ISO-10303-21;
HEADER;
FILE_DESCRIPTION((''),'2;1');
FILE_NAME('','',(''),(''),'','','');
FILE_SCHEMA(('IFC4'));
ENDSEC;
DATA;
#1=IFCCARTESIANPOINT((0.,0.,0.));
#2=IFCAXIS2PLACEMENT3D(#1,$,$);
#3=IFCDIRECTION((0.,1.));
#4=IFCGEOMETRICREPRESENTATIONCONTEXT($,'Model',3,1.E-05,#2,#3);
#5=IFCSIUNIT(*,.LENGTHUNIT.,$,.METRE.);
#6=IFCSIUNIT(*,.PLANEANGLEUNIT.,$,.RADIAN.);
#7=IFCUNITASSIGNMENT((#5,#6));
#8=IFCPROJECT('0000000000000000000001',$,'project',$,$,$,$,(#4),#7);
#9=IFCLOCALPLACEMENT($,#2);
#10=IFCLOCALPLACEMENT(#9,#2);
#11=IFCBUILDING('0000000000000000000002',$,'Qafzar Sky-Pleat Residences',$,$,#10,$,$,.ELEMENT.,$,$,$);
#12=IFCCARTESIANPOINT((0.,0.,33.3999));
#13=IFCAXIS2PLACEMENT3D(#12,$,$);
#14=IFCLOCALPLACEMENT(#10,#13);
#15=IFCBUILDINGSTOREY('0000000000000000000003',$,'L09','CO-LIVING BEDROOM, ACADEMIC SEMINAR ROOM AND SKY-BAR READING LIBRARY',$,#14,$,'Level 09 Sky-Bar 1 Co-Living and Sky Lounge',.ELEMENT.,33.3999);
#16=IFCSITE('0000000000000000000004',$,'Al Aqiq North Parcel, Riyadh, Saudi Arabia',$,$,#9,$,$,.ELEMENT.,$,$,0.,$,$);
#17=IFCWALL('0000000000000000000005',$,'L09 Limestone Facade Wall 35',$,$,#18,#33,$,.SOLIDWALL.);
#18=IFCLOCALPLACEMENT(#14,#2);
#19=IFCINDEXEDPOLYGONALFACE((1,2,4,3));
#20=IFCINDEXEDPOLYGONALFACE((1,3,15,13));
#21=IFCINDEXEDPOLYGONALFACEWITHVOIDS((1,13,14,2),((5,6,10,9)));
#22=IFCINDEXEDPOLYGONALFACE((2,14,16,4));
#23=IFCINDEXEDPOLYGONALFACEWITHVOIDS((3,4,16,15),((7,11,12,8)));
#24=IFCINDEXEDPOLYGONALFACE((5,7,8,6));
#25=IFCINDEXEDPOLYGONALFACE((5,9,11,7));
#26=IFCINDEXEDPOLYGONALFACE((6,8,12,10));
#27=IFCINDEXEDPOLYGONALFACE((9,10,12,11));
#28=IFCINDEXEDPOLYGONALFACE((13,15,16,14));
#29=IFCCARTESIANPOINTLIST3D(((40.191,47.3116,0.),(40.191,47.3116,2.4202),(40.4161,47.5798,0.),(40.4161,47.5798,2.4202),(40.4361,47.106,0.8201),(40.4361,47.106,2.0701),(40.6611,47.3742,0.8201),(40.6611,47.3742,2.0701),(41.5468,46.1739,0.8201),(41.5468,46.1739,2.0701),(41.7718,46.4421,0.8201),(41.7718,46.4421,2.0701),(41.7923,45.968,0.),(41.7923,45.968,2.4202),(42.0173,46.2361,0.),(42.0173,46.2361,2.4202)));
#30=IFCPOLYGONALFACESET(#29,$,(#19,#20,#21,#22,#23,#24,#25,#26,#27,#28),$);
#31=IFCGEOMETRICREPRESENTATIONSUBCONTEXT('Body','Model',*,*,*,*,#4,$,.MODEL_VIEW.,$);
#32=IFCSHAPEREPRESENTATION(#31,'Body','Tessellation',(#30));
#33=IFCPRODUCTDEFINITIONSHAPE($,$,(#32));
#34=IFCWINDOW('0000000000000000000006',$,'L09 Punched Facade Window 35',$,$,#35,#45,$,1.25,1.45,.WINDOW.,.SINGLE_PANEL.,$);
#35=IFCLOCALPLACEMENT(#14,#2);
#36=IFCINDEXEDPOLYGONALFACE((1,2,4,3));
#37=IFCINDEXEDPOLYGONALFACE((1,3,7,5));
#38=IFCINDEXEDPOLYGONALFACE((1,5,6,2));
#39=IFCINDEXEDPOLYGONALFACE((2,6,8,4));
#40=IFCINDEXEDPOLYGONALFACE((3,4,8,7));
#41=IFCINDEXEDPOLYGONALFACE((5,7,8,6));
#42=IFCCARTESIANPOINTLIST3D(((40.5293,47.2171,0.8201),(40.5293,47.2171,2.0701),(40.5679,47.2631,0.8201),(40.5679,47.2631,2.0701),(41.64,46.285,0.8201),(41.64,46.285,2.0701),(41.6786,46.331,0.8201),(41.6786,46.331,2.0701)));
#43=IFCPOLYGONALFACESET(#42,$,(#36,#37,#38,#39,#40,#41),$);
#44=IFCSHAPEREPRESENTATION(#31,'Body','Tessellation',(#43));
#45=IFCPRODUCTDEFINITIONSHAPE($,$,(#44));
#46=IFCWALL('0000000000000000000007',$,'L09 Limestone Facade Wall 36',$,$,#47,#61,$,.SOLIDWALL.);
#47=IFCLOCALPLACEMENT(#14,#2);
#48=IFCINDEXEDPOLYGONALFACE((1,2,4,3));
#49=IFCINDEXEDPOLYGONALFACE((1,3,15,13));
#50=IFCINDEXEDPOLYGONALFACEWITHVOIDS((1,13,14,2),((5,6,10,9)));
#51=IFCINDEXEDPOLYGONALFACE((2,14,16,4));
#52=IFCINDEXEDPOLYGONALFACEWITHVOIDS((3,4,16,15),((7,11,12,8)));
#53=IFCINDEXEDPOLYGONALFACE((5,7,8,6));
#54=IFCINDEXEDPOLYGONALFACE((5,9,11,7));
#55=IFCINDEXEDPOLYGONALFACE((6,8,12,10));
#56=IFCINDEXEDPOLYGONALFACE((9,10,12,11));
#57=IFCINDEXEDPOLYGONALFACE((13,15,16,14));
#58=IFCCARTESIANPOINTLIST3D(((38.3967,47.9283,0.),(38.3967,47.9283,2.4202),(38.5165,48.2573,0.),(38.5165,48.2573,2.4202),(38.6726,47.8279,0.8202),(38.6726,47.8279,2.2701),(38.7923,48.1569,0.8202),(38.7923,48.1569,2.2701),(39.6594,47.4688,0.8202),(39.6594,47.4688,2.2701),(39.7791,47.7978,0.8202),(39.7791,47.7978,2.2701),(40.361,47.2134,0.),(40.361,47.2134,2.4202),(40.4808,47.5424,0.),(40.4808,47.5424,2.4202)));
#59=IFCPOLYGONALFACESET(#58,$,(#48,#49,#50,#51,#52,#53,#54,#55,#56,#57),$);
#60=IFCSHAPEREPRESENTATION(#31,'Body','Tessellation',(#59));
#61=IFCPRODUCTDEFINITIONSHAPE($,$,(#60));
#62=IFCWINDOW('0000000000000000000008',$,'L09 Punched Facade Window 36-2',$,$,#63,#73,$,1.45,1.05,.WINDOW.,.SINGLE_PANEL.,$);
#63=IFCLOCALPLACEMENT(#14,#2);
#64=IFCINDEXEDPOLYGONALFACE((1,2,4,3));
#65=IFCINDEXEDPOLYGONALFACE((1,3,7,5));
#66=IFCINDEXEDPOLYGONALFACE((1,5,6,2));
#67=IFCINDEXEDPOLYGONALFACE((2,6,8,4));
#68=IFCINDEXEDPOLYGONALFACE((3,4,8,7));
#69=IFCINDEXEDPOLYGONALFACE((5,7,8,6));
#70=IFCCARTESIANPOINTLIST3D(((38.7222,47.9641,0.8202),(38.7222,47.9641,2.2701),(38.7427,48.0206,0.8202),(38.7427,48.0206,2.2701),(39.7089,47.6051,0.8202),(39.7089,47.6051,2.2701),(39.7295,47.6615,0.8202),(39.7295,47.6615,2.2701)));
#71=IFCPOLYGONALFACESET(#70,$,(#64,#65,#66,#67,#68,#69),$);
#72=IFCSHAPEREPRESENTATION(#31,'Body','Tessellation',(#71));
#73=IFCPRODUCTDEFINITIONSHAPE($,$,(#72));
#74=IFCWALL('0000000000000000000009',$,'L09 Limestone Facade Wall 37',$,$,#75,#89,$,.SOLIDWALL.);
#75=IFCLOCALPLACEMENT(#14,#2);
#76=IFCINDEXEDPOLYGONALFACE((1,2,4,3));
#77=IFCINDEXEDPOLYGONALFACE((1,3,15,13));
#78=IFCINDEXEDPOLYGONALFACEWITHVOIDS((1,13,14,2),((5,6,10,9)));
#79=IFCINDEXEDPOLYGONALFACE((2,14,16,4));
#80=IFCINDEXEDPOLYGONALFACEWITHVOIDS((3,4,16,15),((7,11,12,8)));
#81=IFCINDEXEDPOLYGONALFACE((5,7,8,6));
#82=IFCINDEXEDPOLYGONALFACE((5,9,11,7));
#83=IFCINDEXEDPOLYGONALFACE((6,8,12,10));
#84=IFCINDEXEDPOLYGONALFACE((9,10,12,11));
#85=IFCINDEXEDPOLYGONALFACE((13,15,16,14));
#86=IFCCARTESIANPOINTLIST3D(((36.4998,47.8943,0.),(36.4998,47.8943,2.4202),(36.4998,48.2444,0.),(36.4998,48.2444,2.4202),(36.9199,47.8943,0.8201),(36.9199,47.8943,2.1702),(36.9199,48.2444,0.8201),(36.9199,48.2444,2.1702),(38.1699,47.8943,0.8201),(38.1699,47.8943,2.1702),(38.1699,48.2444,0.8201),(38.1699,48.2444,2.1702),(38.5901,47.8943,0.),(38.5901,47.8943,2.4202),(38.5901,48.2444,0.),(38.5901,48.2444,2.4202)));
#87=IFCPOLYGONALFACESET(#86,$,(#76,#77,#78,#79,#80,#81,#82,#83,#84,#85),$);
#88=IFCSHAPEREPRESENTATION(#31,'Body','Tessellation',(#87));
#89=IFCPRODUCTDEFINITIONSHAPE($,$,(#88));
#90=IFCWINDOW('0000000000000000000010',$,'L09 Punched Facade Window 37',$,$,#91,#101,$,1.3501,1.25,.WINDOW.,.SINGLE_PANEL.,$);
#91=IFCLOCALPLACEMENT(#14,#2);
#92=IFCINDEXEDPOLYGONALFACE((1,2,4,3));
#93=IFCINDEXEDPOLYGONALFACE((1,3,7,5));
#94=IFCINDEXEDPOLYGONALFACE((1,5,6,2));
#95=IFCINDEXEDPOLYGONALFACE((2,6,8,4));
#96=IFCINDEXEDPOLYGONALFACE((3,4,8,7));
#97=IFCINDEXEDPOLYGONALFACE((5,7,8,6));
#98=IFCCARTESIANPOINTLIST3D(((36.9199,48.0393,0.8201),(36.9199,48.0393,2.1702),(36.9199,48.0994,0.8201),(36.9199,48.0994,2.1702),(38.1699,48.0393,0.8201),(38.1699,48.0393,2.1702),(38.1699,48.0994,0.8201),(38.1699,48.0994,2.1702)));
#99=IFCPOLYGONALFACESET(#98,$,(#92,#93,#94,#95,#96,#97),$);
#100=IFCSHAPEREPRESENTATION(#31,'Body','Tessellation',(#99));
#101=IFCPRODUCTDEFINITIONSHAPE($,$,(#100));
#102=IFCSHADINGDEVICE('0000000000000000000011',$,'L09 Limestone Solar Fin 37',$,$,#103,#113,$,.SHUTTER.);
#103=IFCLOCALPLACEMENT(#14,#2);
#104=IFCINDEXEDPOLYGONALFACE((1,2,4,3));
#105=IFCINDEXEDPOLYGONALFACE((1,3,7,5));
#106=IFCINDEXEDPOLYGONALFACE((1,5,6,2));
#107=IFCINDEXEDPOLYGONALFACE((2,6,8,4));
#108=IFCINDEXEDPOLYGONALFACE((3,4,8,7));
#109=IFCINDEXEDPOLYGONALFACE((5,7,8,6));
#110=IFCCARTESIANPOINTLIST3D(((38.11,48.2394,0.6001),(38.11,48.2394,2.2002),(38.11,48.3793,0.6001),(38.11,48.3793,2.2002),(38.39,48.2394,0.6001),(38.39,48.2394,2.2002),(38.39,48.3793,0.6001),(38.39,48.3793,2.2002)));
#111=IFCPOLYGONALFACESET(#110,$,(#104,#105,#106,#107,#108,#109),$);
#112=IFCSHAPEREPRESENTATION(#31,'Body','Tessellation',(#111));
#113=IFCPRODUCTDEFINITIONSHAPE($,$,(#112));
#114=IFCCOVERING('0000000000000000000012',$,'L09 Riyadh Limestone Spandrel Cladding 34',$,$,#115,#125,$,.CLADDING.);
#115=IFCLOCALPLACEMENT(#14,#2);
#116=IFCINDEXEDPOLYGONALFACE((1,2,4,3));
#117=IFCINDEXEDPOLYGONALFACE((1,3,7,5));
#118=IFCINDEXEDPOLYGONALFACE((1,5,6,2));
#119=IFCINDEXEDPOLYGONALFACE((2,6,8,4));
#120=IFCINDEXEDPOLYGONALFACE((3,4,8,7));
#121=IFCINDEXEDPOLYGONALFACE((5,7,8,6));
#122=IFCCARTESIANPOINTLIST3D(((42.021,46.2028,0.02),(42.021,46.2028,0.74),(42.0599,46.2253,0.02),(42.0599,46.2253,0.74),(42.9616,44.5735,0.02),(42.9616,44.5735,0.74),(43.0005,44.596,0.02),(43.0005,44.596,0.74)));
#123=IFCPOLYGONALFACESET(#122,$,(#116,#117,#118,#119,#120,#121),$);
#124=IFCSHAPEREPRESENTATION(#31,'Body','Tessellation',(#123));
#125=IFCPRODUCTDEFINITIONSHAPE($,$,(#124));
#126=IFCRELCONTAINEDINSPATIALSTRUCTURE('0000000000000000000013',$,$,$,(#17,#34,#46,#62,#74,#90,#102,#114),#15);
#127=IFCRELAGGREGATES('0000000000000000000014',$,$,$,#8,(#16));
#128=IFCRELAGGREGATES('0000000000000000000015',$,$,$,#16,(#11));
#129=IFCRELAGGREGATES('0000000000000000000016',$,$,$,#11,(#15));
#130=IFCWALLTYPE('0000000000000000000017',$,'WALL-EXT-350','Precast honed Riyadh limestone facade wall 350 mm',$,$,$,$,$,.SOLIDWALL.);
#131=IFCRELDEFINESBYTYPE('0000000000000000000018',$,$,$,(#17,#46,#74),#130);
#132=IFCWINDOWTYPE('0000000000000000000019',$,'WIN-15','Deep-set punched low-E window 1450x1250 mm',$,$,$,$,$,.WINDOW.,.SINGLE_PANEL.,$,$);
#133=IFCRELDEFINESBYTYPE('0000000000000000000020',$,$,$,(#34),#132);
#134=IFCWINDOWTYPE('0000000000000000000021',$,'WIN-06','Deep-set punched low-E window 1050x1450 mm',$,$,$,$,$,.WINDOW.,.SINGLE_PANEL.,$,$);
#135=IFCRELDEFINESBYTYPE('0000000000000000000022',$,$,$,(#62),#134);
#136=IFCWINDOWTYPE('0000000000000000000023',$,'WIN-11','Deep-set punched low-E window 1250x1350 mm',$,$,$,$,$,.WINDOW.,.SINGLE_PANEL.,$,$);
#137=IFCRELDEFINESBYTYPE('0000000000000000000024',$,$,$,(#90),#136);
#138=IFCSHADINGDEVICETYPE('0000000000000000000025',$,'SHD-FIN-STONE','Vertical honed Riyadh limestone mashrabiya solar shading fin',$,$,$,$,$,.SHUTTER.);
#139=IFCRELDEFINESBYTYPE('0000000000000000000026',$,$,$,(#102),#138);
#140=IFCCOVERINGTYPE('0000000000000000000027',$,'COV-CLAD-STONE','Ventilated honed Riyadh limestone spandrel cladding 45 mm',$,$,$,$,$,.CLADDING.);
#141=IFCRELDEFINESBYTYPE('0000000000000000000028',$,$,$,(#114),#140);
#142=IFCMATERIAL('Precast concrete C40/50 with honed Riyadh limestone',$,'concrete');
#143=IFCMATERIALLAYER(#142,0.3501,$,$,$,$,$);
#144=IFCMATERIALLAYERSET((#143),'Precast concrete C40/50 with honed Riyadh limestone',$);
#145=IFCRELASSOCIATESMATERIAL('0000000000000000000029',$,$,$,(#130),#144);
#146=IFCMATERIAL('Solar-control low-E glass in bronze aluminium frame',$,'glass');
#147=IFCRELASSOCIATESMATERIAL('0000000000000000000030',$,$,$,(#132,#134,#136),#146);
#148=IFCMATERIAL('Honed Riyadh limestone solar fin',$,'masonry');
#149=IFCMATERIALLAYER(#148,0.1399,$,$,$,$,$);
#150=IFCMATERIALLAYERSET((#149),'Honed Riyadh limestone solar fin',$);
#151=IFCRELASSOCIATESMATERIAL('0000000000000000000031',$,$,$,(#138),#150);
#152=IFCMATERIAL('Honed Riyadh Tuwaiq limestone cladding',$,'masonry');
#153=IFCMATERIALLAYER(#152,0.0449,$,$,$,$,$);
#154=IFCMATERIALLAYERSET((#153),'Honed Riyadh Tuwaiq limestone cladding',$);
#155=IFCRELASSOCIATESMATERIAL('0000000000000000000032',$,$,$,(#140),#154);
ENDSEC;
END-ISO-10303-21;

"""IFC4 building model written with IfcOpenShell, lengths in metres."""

from ifc_helpers import new_model, si_unit, direction, frame, frame_2d, origin, origin_2d, place, context, subcontext, project, spatial, rectangle, extrude, source, transform, mapped, material, layer, layer_set, type_object, element, fill, save


model = new_model("IFC4")

# Units and contexts
model_context = context("Model", 3, precision=1e-05, world=origin(), true_north=direction((0.0, 1.0)))
body_context = subcontext(model_context, "Body", "Model", "MODEL_VIEW")
ifc_project = project(units=[si_unit("LENGTHUNIT", "METRE"), si_unit("PLANEANGLEUNIT", "RADIAN")], contexts=[model_context])

# Site, building, storey
site_placement = place(None, origin())
site = spatial("IfcSite", under=ifc_project, at=site_placement, Name="Al Aqiq North Parcel, Riyadh, Saudi Arabia", CompositionType="ELEMENT", RefElevation=0.0)
building_placement = place(site_placement, origin())
building = spatial("IfcBuilding", under=site, at=building_placement, Name="Qafzar Sky-Pleat Residences", CompositionType="ELEMENT")
storey_placement = place(building_placement, frame((0.0, 0.0, 33.3999)))
storey = spatial("IfcBuildingStorey", under=building, at=storey_placement, Name="L09", Description="CO-LIVING BEDROOM, ACADEMIC SEMINAR ROOM AND SKY-BAR READING LIBRARY", LongName="Level 09 Sky-Bar 1 Co-Living and Sky Lounge", CompositionType="ELEMENT", Elevation=33.3999)

# Walls, openings, windows
ifc_material_1 = material(Name="Precast concrete C40/50 with honed Riyadh limestone", Category="concrete")
ifc_layer_1 = layer(ifc_material_1, 0.3501)
ifc_layer_set_1 = layer_set([ifc_layer_1], Name="Precast concrete C40/50 with honed Riyadh limestone")
wall_type_1 = type_object("IfcWallType", Name="WALL-EXT-350", Description="Precast honed Riyadh limestone facade wall 350 mm", PredefinedType="SOLIDWALL", material=ifc_layer_set_1)
ifc_material_2 = material(Name="Solar-control low-E glass in bronze aluminium frame", Category="glass")
window_type_1 = type_object("IfcWindowType", Name="WIN-15", Description="Deep-set punched low-E window 1450x1250 mm", PartitioningType="SINGLE_PANEL", PredefinedType="WINDOW", material=ifc_material_2)
shared_shape_1 = source(origin(), body_context, "Body", "SweptSolid", [
    extrude(rectangle(XDim=1.45, YDim=1.25, at=frame_2d((0.7251, 0.625))), frame((0.0, 0.03, 0.0), z_axis=(0.0, -1.0, 0.0), x_axis=(1.0, 0.0, 0.0)), (0.0, 0.0, 1.0), 0.0601),
])
wall_1_placement = place(storey_placement, frame((41.9048, 46.1021, 0.0), z_axis=(0.0, 0.0, 1.0), x_axis=(-0.766025, 0.642811, 0.0)))
wall_1 = element("IfcWall", 1, at=wall_1_placement, inside=storey, type_object=wall_type_1, Name="L09 Limestone Facade Wall 35", PredefinedType="SOLIDWALL", context=body_context, shape_type="SweptSolid", body=[
    extrude(rectangle(XDim=2.0903, YDim=0.3501, at=frame_2d((1.0452, 0.0))), origin(), (0.0, 0.0, 1.0), 2.4202),
])
opening_1_placement = place(wall_1_placement, frame((0.3203, 0.0, 0.8201)))
opening_1 = element("IfcOpeningElement", 2, at=opening_1_placement, cuts=wall_1, PredefinedType="OPENING", context=body_context, shape_type="SweptSolid", body=[
    extrude(rectangle(XDim=1.45, YDim=1.25, at=frame_2d((0.7251, 0.625))), frame((0.0, 0.1851, 0.0), z_axis=(0.0, -1.0, 0.0), x_axis=(1.0, 0.0, 0.0)), (0.0, 0.0, 1.0), 0.3701),
])
window_1_placement = place(opening_1_placement, origin())
window_1 = element("IfcWindow", 3, at=window_1_placement, inside=storey, type_object=window_type_1, Name="L09 Punched Facade Window 35", OverallHeight=1.25, OverallWidth=1.45, PartitioningType="SINGLE_PANEL", PredefinedType="WINDOW", context=body_context, shape_type="MappedRepresentation", body=[
    mapped(shared_shape_1, transform((0.0, 0.0, 0.0), x_axis=(1.0, 0.0, 0.0), y_axis=(0.0, 1.0, 0.0), z_axis=(0.0, 0.0, 1.0), scale=1.0)),
])
fill(opening_1, window_1)
wall_2_placement = place(storey_placement, frame((40.4209, 47.3779, 0.0), z_axis=(0.0, 0.0, 1.0), x_axis=(-0.939712, 0.341968, 0.0)))
wall_2 = element("IfcWall", 4, at=wall_2_placement, inside=storey, type_object=wall_type_1, Name="L09 Limestone Facade Wall 36", PredefinedType="SOLIDWALL", context=body_context, shape_type="SweptSolid", body=[
    extrude(rectangle(XDim=2.0903, YDim=0.3501, at=frame_2d((1.0452, 0.0))), origin(), (0.0, 0.0, 1.0), 2.4202),
])
opening_2_placement = place(wall_2_placement, frame((0.7468, 0.0, 0.8201)))
opening_2 = element("IfcOpeningElement", 5, at=opening_2_placement, cuts=wall_2, PredefinedType="OPENING", context=body_context, shape_type="SweptSolid", body=[
    extrude(rectangle(XDim=1.05, YDim=1.45, at=frame_2d((0.5249, 0.7251))), frame((0.0, 0.1851, 0.0), z_axis=(0.0, -1.0, 0.0), x_axis=(1.0, 0.0, 0.0)), (0.0, 0.0, 1.0), 0.3701),
])
window_type_2 = type_object("IfcWindowType", Name="WIN-06", Description="Deep-set punched low-E window 1050x1450 mm", PartitioningType="SINGLE_PANEL", PredefinedType="WINDOW", material=ifc_material_2)
shared_shape_2 = source(origin(), body_context, "Body", "SweptSolid", [
    extrude(rectangle(XDim=1.05, YDim=1.45, at=frame_2d((0.5249, 0.7251))), frame((0.0, 0.03, 0.0), z_axis=(0.0, -1.0, 0.0), x_axis=(1.0, 0.0, 0.0)), (0.0, 0.0, 1.0), 0.0601),
])
window_2_placement = place(opening_2_placement, origin())
window_2 = element("IfcWindow", 6, at=window_2_placement, inside=storey, type_object=window_type_2, Name="L09 Punched Facade Window 36-2", OverallHeight=1.45, OverallWidth=1.05, PartitioningType="SINGLE_PANEL", PredefinedType="WINDOW", context=body_context, shape_type="MappedRepresentation", body=[
    mapped(shared_shape_2, transform((0.0, 0.0, 0.0), x_axis=(1.0, 0.0, 0.0), y_axis=(0.0, 1.0, 0.0), z_axis=(0.0, 0.0, 1.0), scale=1.0)),
])
fill(opening_2, window_2)
wall_3_placement = place(storey_placement, frame((38.5901, 48.0693, 0.0), z_axis=(0.0, 0.0, 1.0), x_axis=(-1.0, 0.0, 0.0)))
wall_3 = element("IfcWall", 7, at=wall_3_placement, inside=storey, type_object=wall_type_1, Name="L09 Limestone Facade Wall 37", PredefinedType="SOLIDWALL", context=body_context, shape_type="SweptSolid", body=[
    extrude(rectangle(XDim=2.0903, YDim=0.3501, at=frame_2d((1.0452, 0.0))), origin(), (0.0, 0.0, 1.0), 2.4202),
])
opening_3_placement = place(wall_3_placement, frame((0.4202, 0.0, 0.8201)))
opening_3 = element("IfcOpeningElement", 8, at=opening_3_placement, cuts=wall_3, PredefinedType="OPENING", context=body_context, shape_type="SweptSolid", body=[
    extrude(rectangle(XDim=1.25, YDim=1.3501, at=frame_2d((0.625, 0.675))), frame((0.0, 0.1851, 0.0), z_axis=(0.0, -1.0, 0.0), x_axis=(1.0, 0.0, 0.0)), (0.0, 0.0, 1.0), 0.3701),
])
window_type_3 = type_object("IfcWindowType", Name="WIN-11", Description="Deep-set punched low-E window 1250x1350 mm", PartitioningType="SINGLE_PANEL", PredefinedType="WINDOW", material=ifc_material_2)
shared_shape_3 = source(origin(), body_context, "Body", "SweptSolid", [
    extrude(rectangle(XDim=1.25, YDim=1.3501, at=frame_2d((0.625, 0.675))), frame((0.0, 0.03, 0.0), z_axis=(0.0, -1.0, 0.0), x_axis=(1.0, 0.0, 0.0)), (0.0, 0.0, 1.0), 0.0601),
])
window_3_placement = place(opening_3_placement, origin())
window_3 = element("IfcWindow", 9, at=window_3_placement, inside=storey, type_object=window_type_3, Name="L09 Punched Facade Window 37", OverallHeight=1.3501, OverallWidth=1.25, PartitioningType="SINGLE_PANEL", PredefinedType="WINDOW", context=body_context, shape_type="MappedRepresentation", body=[
    mapped(shared_shape_3, transform((0.0, 0.0, 0.0), x_axis=(1.0, 0.0, 0.0), y_axis=(0.0, 1.0, 0.0), z_axis=(0.0, 0.0, 1.0), scale=1.0)),
])
fill(opening_3, window_3)

# Shading device
ifc_material_3 = material(Name="Honed Riyadh limestone solar fin", Category="masonry")
ifc_layer_2 = layer(ifc_material_3, 0.1399)
ifc_layer_set_2 = layer_set([ifc_layer_2], Name="Honed Riyadh limestone solar fin")
shading_device_type = type_object("IfcShadingDeviceType", Name="SHD-FIN-STONE", Description="Vertical honed Riyadh limestone mashrabiya solar shading fin", PredefinedType="SHUTTER", material=ifc_layer_set_2)
shared_shape_4 = source(origin(), body_context, "Body", "SweptSolid", [
    extrude(rectangle(XDim=0.1399, YDim=0.28, at=origin_2d()), origin(), (0.0, 0.0, 1.0), 1.6001),
])
shading_device_placement = place(storey_placement, frame((38.25, 48.3093, 0.6001), z_axis=(0.0, 0.0, 1.0), x_axis=(0.0, 1.0, 0.0)))
element("IfcShadingDevice", 10, at=shading_device_placement, inside=storey, type_object=shading_device_type, Name="L09 Limestone Solar Fin 37", PredefinedType="SHUTTER", context=body_context, shape_type="MappedRepresentation", body=[
    mapped(shared_shape_4, transform((0.0, 0.0, 0.0), x_axis=(1.0, 0.0, 0.0), y_axis=(0.0, 1.0, 0.0), z_axis=(0.0, 0.0, 1.0), scale=1.0)),
])

# Covering
ifc_material_4 = material(Name="Honed Riyadh Tuwaiq limestone cladding", Category="masonry")
ifc_layer_3 = layer(ifc_material_4, 0.0449)
ifc_layer_set_3 = layer_set([ifc_layer_3], Name="Honed Riyadh Tuwaiq limestone cladding")
covering_type = type_object("IfcCoveringType", Name="COV-CLAD-STONE", Description="Ventilated honed Riyadh limestone spandrel cladding 45 mm", PredefinedType="CLADDING", material=ifc_layer_set_3)
shared_shape_5 = source(origin(), body_context, "Body", "SweptSolid", [
    extrude(rectangle(XDim=1.8813, YDim=0.0449, at=origin_2d()), origin(), (0.0, 0.0, 1.0), 0.72),
])
covering_placement = place(storey_placement, frame((42.5107, 45.3994, 0.02), z_axis=(0.0, 0.0, 1.0), x_axis=(-0.499972, 0.866041, 0.0)))
element("IfcCovering", 11, at=covering_placement, inside=storey, type_object=covering_type, Name="L09 Riyadh Limestone Spandrel Cladding 34", PredefinedType="CLADDING", context=body_context, shape_type="MappedRepresentation", body=[
    mapped(shared_shape_5, transform((0.0, 0.0, 0.0), x_axis=(1.0, 0.0, 0.0), y_axis=(0.0, 1.0, 0.0), z_axis=(0.0, 0.0, 1.0), scale=1.0)),
])

save(model, "model.ifc")
